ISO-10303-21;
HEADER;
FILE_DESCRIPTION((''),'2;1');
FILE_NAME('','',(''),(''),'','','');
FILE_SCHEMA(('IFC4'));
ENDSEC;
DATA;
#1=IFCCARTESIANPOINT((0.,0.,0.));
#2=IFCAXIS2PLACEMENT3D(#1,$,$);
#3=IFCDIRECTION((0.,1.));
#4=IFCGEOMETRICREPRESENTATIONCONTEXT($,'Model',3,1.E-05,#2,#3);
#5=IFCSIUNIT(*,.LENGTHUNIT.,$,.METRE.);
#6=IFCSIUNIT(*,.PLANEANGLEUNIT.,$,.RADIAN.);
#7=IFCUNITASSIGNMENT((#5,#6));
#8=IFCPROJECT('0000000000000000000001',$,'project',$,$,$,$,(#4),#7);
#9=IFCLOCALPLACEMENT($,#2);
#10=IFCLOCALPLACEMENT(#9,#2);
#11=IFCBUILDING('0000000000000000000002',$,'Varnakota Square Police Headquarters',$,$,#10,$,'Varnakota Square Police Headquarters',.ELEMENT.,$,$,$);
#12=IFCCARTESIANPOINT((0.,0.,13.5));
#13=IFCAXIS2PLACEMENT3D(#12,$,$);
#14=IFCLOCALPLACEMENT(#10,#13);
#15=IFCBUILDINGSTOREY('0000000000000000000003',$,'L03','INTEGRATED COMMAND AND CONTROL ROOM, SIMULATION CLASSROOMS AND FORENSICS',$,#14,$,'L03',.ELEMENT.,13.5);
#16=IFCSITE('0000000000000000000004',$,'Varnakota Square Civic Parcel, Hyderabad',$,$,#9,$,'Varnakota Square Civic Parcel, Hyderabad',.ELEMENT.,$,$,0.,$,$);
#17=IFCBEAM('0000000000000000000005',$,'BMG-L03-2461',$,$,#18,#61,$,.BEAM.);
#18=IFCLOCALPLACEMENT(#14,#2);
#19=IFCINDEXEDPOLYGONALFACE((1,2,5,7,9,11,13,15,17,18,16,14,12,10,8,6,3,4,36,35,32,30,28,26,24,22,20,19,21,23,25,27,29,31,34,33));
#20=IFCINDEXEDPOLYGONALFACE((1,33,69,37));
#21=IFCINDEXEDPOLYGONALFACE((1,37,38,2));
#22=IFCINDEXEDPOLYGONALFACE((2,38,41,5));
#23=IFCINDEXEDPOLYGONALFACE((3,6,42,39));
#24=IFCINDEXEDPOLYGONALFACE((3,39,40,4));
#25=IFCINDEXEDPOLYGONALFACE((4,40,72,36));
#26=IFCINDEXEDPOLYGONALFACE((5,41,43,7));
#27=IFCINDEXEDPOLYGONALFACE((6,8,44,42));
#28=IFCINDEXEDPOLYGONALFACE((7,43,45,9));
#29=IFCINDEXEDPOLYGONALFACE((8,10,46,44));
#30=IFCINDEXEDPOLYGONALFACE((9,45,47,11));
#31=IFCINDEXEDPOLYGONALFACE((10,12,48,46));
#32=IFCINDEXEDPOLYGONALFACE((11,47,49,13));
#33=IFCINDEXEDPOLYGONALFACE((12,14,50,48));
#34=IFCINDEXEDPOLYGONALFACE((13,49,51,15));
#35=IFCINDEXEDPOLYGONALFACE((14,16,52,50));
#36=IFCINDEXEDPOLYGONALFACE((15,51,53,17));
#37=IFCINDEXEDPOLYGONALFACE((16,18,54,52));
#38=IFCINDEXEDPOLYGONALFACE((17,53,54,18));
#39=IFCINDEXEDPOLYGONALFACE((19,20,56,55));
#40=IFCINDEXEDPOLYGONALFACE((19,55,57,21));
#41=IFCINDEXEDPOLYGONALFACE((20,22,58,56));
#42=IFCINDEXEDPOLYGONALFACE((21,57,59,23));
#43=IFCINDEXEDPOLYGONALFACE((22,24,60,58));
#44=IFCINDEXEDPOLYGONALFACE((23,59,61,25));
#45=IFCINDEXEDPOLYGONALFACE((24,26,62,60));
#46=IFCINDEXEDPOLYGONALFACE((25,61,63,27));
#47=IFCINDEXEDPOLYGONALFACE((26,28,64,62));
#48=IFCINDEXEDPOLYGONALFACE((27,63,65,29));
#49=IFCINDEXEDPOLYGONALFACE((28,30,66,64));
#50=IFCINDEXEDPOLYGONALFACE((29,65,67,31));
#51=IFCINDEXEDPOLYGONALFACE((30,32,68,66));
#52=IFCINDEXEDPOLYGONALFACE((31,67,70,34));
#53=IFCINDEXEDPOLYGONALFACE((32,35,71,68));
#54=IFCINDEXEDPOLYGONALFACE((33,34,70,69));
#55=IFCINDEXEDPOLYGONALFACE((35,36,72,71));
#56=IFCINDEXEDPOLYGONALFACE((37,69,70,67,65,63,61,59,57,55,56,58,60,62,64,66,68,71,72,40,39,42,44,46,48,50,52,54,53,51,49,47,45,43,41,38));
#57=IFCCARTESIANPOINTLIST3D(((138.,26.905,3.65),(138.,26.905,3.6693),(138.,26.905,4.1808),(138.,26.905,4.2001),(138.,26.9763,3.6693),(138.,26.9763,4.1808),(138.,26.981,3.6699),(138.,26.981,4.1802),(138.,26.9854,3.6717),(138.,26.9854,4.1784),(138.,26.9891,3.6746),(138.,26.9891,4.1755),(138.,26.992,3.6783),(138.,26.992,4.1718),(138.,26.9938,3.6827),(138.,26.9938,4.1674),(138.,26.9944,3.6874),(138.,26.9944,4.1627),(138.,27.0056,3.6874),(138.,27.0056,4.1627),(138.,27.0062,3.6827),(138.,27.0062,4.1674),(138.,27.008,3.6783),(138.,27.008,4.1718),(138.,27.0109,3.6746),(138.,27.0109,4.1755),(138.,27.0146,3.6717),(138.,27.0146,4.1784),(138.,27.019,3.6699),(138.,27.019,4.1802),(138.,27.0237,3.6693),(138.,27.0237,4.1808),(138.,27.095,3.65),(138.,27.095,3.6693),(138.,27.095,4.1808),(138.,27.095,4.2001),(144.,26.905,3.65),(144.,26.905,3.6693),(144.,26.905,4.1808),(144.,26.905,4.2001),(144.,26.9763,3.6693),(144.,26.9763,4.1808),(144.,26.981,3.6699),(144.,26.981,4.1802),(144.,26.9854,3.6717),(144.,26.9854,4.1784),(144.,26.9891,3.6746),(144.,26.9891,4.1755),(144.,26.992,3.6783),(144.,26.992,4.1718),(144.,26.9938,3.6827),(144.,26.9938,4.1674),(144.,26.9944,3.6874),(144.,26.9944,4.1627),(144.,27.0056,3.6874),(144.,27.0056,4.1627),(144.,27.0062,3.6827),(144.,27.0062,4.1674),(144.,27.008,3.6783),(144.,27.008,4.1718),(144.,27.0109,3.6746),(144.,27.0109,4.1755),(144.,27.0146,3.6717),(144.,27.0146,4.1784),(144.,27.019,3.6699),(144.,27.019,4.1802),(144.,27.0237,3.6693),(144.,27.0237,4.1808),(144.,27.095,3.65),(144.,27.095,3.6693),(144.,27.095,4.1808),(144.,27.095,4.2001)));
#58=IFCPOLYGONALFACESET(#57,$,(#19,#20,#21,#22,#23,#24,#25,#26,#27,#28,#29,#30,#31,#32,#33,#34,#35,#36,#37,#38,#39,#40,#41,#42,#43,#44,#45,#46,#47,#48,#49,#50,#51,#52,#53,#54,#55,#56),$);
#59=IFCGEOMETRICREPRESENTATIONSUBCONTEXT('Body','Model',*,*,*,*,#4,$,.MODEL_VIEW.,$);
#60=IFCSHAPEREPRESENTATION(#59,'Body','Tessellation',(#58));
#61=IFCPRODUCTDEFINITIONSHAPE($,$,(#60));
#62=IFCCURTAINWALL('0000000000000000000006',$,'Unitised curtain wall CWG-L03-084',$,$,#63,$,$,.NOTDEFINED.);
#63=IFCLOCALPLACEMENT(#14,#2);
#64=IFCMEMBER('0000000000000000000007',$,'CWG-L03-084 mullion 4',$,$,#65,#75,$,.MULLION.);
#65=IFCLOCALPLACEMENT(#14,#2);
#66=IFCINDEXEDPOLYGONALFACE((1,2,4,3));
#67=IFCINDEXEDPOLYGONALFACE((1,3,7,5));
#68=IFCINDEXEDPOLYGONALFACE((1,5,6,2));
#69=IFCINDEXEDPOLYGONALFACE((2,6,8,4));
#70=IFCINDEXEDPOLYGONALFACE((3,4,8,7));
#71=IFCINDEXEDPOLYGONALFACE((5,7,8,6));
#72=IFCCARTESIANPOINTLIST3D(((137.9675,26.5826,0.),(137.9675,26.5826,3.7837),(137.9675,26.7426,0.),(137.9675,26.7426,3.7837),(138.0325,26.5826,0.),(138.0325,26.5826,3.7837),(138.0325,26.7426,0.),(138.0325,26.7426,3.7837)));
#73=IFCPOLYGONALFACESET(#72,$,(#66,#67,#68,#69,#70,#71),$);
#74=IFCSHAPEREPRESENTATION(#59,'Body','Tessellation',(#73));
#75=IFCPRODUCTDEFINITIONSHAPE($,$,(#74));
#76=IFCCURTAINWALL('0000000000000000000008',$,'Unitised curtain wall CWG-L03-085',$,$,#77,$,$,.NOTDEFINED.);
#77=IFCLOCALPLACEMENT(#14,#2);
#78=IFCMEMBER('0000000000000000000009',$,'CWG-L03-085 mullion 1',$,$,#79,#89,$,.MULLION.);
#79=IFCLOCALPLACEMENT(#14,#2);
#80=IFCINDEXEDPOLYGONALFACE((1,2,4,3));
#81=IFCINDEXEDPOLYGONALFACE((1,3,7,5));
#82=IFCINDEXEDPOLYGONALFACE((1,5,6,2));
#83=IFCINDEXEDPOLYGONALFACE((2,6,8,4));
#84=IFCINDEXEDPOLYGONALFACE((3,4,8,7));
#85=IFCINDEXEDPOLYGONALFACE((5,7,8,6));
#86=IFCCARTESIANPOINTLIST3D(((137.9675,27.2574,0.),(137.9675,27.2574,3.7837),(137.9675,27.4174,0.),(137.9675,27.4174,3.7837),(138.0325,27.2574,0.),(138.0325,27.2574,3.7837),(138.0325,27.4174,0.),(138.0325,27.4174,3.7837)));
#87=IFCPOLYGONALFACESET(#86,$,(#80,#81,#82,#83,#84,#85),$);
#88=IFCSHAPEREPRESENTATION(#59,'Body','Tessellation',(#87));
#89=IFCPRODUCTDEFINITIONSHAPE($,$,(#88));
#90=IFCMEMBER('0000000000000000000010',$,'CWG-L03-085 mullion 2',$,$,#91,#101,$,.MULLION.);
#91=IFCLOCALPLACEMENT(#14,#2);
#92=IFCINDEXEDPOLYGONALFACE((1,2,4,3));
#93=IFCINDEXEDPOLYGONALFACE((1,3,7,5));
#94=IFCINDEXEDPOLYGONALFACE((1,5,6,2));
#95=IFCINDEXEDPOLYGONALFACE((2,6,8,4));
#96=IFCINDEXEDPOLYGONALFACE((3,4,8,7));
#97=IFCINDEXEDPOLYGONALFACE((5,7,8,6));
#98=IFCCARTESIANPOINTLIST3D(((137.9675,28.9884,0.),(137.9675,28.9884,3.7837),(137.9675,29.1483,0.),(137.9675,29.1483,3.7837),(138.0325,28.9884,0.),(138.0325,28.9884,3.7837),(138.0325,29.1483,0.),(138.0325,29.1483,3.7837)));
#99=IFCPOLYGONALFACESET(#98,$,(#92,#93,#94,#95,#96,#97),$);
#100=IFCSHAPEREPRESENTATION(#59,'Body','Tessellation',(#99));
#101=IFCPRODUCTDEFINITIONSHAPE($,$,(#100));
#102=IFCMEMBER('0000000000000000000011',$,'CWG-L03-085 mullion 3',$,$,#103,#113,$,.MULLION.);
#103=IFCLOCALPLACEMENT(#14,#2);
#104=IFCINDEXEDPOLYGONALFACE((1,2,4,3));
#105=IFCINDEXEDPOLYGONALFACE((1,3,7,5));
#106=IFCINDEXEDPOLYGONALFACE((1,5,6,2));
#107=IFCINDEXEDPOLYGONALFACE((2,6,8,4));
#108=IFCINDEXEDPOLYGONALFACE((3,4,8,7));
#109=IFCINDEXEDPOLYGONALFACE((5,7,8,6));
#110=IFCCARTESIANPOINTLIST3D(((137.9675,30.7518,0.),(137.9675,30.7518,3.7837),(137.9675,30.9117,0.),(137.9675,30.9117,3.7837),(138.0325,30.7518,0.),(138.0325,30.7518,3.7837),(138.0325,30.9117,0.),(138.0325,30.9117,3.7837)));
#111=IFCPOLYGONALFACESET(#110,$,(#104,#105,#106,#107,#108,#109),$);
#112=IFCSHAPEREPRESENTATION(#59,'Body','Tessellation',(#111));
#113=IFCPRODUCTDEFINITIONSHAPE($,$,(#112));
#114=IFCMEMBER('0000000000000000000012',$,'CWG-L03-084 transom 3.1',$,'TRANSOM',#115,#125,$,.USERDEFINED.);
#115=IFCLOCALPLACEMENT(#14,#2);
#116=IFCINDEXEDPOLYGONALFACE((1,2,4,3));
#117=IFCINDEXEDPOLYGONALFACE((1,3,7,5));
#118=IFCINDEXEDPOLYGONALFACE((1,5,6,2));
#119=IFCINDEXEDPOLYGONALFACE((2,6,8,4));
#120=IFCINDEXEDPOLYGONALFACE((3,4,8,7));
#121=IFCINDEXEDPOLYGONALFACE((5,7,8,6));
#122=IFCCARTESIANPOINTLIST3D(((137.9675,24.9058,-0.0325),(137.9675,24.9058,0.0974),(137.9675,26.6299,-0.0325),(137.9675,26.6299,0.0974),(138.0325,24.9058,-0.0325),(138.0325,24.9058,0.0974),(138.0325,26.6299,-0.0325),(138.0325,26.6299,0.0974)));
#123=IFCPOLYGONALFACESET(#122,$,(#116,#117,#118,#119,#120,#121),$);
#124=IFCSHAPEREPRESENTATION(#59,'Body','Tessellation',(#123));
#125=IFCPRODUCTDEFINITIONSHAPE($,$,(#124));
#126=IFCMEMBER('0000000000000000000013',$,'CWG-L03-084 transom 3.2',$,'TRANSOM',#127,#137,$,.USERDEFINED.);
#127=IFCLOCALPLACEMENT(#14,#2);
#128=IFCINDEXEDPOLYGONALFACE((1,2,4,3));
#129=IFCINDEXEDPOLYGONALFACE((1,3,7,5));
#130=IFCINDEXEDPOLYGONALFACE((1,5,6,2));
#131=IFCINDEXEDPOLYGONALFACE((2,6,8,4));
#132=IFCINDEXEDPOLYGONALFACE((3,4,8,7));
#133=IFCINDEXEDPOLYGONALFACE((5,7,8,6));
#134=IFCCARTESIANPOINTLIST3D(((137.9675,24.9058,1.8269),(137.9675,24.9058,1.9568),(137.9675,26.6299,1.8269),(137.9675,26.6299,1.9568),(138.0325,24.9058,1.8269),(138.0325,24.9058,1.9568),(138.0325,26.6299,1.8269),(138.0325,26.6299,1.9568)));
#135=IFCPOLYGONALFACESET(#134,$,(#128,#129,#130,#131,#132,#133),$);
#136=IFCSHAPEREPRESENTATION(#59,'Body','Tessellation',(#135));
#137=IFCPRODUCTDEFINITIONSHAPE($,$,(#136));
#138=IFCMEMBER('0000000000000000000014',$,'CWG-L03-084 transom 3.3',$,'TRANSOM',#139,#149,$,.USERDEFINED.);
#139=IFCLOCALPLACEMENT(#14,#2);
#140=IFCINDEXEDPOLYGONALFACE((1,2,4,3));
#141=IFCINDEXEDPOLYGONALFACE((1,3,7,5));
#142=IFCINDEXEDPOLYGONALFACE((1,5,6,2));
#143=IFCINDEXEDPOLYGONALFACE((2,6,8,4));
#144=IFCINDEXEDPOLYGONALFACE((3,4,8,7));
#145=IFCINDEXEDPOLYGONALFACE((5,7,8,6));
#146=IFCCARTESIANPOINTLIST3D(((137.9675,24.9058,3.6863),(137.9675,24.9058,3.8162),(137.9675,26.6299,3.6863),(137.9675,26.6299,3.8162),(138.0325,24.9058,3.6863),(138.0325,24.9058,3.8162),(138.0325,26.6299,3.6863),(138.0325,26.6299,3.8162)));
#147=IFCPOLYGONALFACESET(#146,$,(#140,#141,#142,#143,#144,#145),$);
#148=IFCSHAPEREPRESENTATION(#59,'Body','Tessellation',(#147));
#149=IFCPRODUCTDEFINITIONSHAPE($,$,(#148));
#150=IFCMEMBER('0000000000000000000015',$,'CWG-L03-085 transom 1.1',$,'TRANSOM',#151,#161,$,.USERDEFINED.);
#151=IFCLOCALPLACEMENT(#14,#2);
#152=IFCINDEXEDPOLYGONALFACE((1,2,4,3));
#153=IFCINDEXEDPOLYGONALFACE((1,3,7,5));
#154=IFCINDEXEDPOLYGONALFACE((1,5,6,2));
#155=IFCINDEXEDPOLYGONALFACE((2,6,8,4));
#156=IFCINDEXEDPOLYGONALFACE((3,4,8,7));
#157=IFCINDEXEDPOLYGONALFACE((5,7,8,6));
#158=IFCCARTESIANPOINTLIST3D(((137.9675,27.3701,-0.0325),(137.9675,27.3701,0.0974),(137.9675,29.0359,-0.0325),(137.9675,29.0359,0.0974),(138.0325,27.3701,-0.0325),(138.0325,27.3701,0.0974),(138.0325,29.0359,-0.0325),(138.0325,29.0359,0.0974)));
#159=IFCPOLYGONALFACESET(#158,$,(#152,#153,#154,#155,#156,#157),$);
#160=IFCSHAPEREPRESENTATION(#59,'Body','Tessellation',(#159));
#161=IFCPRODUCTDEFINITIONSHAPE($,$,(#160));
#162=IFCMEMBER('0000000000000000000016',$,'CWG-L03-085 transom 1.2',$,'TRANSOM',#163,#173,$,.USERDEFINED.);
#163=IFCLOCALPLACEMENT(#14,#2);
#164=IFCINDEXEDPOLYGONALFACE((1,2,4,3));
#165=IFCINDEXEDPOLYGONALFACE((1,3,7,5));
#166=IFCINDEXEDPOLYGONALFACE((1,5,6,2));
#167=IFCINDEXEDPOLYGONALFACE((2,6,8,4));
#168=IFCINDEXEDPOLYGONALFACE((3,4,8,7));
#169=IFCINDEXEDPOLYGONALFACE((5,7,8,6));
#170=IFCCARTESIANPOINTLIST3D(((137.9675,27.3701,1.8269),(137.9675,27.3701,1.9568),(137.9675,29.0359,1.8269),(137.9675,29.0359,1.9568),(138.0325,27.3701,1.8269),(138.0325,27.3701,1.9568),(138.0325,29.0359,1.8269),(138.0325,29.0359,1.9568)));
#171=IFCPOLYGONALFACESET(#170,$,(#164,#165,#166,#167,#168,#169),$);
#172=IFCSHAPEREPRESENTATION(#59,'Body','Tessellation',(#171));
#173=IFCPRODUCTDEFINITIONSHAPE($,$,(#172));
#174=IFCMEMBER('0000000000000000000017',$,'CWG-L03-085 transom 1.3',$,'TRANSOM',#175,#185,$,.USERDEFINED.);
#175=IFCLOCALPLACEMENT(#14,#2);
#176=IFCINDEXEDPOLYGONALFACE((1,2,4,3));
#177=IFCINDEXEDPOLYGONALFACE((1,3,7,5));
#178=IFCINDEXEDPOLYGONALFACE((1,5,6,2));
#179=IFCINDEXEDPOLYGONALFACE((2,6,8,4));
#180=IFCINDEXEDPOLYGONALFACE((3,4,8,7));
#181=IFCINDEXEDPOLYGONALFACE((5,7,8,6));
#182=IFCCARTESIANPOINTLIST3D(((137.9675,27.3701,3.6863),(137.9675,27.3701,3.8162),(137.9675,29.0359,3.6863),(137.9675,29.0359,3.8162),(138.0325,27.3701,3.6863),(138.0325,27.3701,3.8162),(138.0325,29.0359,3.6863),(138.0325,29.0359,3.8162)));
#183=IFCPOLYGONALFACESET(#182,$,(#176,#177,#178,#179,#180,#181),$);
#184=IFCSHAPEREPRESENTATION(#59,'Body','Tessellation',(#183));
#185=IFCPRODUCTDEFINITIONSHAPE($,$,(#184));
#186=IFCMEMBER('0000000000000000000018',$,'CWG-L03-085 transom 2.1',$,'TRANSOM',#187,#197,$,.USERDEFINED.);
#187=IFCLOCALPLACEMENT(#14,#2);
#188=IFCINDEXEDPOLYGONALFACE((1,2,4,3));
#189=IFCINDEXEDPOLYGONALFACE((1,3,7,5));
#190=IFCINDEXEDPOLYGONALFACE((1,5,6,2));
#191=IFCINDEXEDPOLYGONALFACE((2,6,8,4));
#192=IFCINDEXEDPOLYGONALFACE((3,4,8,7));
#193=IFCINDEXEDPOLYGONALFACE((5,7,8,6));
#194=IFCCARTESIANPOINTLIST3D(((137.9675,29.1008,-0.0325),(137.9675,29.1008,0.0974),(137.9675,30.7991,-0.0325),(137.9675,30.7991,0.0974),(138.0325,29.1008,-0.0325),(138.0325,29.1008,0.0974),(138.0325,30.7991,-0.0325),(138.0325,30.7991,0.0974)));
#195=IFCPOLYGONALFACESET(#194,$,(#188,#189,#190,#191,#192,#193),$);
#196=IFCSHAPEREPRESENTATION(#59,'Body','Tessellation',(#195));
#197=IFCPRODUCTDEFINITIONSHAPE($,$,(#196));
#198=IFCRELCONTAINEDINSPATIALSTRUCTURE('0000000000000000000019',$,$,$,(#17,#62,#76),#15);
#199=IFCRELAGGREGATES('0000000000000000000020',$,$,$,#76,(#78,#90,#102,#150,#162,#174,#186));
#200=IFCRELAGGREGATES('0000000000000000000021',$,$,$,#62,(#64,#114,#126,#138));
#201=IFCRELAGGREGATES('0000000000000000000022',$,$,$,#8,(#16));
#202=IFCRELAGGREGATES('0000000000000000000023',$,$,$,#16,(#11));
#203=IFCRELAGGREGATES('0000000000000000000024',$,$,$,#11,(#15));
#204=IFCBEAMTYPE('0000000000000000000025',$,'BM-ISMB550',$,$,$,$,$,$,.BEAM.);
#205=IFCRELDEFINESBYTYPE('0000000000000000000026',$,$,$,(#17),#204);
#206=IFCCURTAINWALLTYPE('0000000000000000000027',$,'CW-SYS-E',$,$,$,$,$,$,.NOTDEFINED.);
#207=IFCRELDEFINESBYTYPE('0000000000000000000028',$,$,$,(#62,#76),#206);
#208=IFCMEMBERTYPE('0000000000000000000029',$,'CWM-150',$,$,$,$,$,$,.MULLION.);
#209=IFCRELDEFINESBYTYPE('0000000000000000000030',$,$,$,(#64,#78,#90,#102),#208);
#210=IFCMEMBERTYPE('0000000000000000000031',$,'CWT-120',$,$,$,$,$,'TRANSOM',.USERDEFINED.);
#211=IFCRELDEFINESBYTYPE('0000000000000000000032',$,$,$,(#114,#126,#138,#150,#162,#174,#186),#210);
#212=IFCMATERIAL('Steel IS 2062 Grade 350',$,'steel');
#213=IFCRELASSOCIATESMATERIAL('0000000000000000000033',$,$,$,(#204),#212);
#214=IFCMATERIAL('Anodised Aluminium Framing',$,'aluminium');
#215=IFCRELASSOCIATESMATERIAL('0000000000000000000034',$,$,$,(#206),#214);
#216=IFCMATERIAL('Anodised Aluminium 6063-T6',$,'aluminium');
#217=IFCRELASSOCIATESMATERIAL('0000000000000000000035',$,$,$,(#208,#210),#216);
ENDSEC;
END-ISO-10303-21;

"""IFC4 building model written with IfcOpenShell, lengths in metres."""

from ifc_helpers import new_model, si_unit, direction, frame, origin, origin_2d, place, context, subcontext, project, spatial, rectangle, i_section, extrude, material, material_profile, profile_set, type_object, element, aggregate, save


model = new_model("IFC4")

# Units and contexts
model_context = context("Model", 3, precision=1e-05, world=origin(), true_north=direction((0.0, 1.0)))
body_context = subcontext(model_context, "Body", "Model", "MODEL_VIEW")
ifc_project = project(units=[si_unit("LENGTHUNIT", "METRE"), si_unit("PLANEANGLEUNIT", "RADIAN")], contexts=[model_context])

# Site, building, storey
site_placement = place(None, origin())
site = spatial("IfcSite", under=ifc_project, at=site_placement, Name="Varnakota Square Civic Parcel, Hyderabad", LongName="Varnakota Square Civic Parcel, Hyderabad", CompositionType="ELEMENT", RefElevation=0.0)
building_placement = place(site_placement, origin())
building = spatial("IfcBuilding", under=site, at=building_placement, Name="Varnakota Square Police Headquarters", LongName="Varnakota Square Police Headquarters", CompositionType="ELEMENT")
storey_placement = place(building_placement, frame((0.0, 0.0, 13.5)))
storey = spatial("IfcBuildingStorey", under=building, at=storey_placement, Name="L03", Description="INTEGRATED COMMAND AND CONTROL ROOM, SIMULATION CLASSROOMS AND FORENSICS", LongName="L03", CompositionType="ELEMENT", Elevation=13.5)

# Shared definitions
ifc_material_1 = material(Name="Steel IS 2062 Grade 350", Category="steel")

# Beam
ifc_material_profile_1 = material_profile(ifc_material_1, i_section(OverallWidth=0.1899, OverallDepth=0.55, WebThickness=0.0112, FlangeThickness=0.0193, FilletRadius=0.0181, at=origin_2d()), Name="ISMB 550")
ifc_profile_set_1 = profile_set([ifc_material_profile_1], Name="Steel IS 2062 Grade 350")
beam_type_1 = type_object("IfcBeamType", Name="BM-ISMB550", PredefinedType="BEAM", material=ifc_profile_set_1)
beam_1_placement = place(storey_placement, frame((138.0, 27.0, 3.925), z_axis=(1.0, 0.0, 0.0), x_axis=(0.0, 1.0, 0.0)))
element("IfcBeam", 1, at=beam_1_placement, inside=storey, type_object=beam_type_1, Name="BMG-L03-2461", PredefinedType="BEAM", context=body_context, shape_type="SweptSolid", body=[
    extrude(i_section(OverallWidth=0.1899, OverallDepth=0.55, WebThickness=0.0112, FlangeThickness=0.0193, FilletRadius=0.0181, at=origin_2d()), origin(), (0.0, 0.0, 1.0), 6.0),
])

# Curtain wall, member
ifc_material_2 = material(Name="Anodised Aluminium Framing", Category="aluminium")
curtain_wall_type = type_object("IfcCurtainWallType", Name="CW-SYS-E", PredefinedType="NOTDEFINED", material=ifc_material_2)
curtain_wall_1_placement = place(storey_placement, origin())
curtain_wall_1 = element("IfcCurtainWall", 2, at=curtain_wall_1_placement, inside=storey, type_object=curtain_wall_type, Name="Unitised curtain wall CWG-L03-084", PredefinedType="NOTDEFINED")
ifc_material_3 = material(Name="Anodised Aluminium 6063-T6", Category="aluminium")
ifc_material_profile_2 = material_profile(ifc_material_3, rectangle(XDim=0.0649, YDim=0.1599, at=origin_2d()), Name="ALU MULLION 65x160")
ifc_profile_set_2 = profile_set([ifc_material_profile_2], Name="Anodised Aluminium 6063-T6")
member_type_1 = type_object("IfcMemberType", Name="CWM-150", PredefinedType="MULLION", material=ifc_profile_set_2)
member_1_placement = place(storey_placement, frame((138.0, 26.6626, 0.0), z_axis=(0.0, 0.0, 1.0), x_axis=(-1.0, 0.0, 0.0)))
member_1 = element("IfcMember", 3, at=member_1_placement, type_object=member_type_1, Name="CWG-L03-084 mullion 4", PredefinedType="MULLION", context=body_context, shape_type="SweptSolid", body=[
    extrude(rectangle(XDim=0.0649, YDim=0.1599, at=origin_2d()), origin(), (0.0, 0.0, 1.0), 3.7837),
])

# Curtain wall, members
curtain_wall_2_placement = place(storey_placement, origin())
curtain_wall_2 = element("IfcCurtainWall", 4, at=curtain_wall_2_placement, inside=storey, type_object=curtain_wall_type, Name="Unitised curtain wall CWG-L03-085", PredefinedType="NOTDEFINED")
member_2_placement = place(storey_placement, frame((138.0, 27.3374, 0.0), z_axis=(0.0, 0.0, 1.0), x_axis=(-1.0, 0.0, 0.0)))
member_2 = element("IfcMember", 5, at=member_2_placement, type_object=member_type_1, Name="CWG-L03-085 mullion 1", PredefinedType="MULLION", context=body_context, shape_type="SweptSolid", body=[
    extrude(rectangle(XDim=0.0649, YDim=0.1599, at=origin_2d()), origin(), (0.0, 0.0, 1.0), 3.7837),
])
member_3_placement = place(storey_placement, frame((138.0, 29.0684, 0.0), z_axis=(0.0, 0.0, 1.0), x_axis=(-1.0, 0.0, 0.0)))
member_3 = element("IfcMember", 6, at=member_3_placement, type_object=member_type_1, Name="CWG-L03-085 mullion 2", PredefinedType="MULLION", context=body_context, shape_type="SweptSolid", body=[
    extrude(rectangle(XDim=0.0649, YDim=0.1599, at=origin_2d()), origin(), (0.0, 0.0, 1.0), 3.7837),
])
member_4_placement = place(storey_placement, frame((138.0, 30.8318, 0.0), z_axis=(0.0, 0.0, 1.0), x_axis=(-1.0, 0.0, 0.0)))
member_4 = element("IfcMember", 7, at=member_4_placement, type_object=member_type_1, Name="CWG-L03-085 mullion 3", PredefinedType="MULLION", context=body_context, shape_type="SweptSolid", body=[
    extrude(rectangle(XDim=0.0649, YDim=0.1599, at=origin_2d()), origin(), (0.0, 0.0, 1.0), 3.7837),
])

# Members
ifc_material_profile_3 = material_profile(ifc_material_3, rectangle(XDim=0.0649, YDim=0.1299, at=origin_2d()), Name="ALU TRANSOM 65x130")
ifc_profile_set_3 = profile_set([ifc_material_profile_3], Name="Anodised Aluminium 6063-T6")
member_type_2 = type_object("IfcMemberType", Name="CWT-120", ElementType="TRANSOM", PredefinedType="USERDEFINED", material=ifc_profile_set_3)
member_5_placement = place(storey_placement, frame((138.0, 24.9058, 0.0325), z_axis=(0.0, 1.0, 0.0), x_axis=(-1.0, 0.0, 0.0)))
member_5 = element("IfcMember", 8, at=member_5_placement, type_object=member_type_2, Name="CWG-L03-084 transom 3.1", ObjectType="TRANSOM", PredefinedType="USERDEFINED", context=body_context, shape_type="SweptSolid", body=[
    extrude(rectangle(XDim=0.0649, YDim=0.1299, at=origin_2d()), origin(), (0.0, 0.0, 1.0), 1.7241),
])
member_6_placement = place(storey_placement, frame((138.0, 24.9058, 1.8918), z_axis=(0.0, 1.0, 0.0), x_axis=(-1.0, 0.0, 0.0)))
member_6 = element("IfcMember", 9, at=member_6_placement, type_object=member_type_2, Name="CWG-L03-084 transom 3.2", ObjectType="TRANSOM", PredefinedType="USERDEFINED", context=body_context, shape_type="SweptSolid", body=[
    extrude(rectangle(XDim=0.0649, YDim=0.1299, at=origin_2d()), origin(), (0.0, 0.0, 1.0), 1.7241),
])
member_7_placement = place(storey_placement, frame((138.0, 24.9058, 3.7512), z_axis=(0.0, 1.0, 0.0), x_axis=(-1.0, 0.0, 0.0)))
member_7 = element("IfcMember", 10, at=member_7_placement, type_object=member_type_2, Name="CWG-L03-084 transom 3.3", ObjectType="TRANSOM", PredefinedType="USERDEFINED", context=body_context, shape_type="SweptSolid", body=[
    extrude(rectangle(XDim=0.0649, YDim=0.1299, at=origin_2d()), origin(), (0.0, 0.0, 1.0), 1.7241),
])
member_8_placement = place(storey_placement, frame((138.0, 27.3701, 0.0325), z_axis=(0.0, 1.0, 0.0), x_axis=(-1.0, 0.0, 0.0)))
member_8 = element("IfcMember", 11, at=member_8_placement, type_object=member_type_2, Name="CWG-L03-085 transom 1.1", ObjectType="TRANSOM", PredefinedType="USERDEFINED", context=body_context, shape_type="SweptSolid", body=[
    extrude(rectangle(XDim=0.0649, YDim=0.1299, at=origin_2d()), origin(), (0.0, 0.0, 1.0), 1.6658),
])
member_9_placement = place(storey_placement, frame((138.0, 27.3701, 1.8918), z_axis=(0.0, 1.0, 0.0), x_axis=(-1.0, 0.0, 0.0)))
member_9 = element("IfcMember", 12, at=member_9_placement, type_object=member_type_2, Name="CWG-L03-085 transom 1.2", ObjectType="TRANSOM", PredefinedType="USERDEFINED", context=body_context, shape_type="SweptSolid", body=[
    extrude(rectangle(XDim=0.0649, YDim=0.1299, at=origin_2d()), origin(), (0.0, 0.0, 1.0), 1.6658),
])
member_10_placement = place(storey_placement, frame((138.0, 27.3701, 3.7512), z_axis=(0.0, 1.0, 0.0), x_axis=(-1.0, 0.0, 0.0)))
member_10 = element("IfcMember", 13, at=member_10_placement, type_object=member_type_2, Name="CWG-L03-085 transom 1.3", ObjectType="TRANSOM", PredefinedType="USERDEFINED", context=body_context, shape_type="SweptSolid", body=[
    extrude(rectangle(XDim=0.0649, YDim=0.1299, at=origin_2d()), origin(), (0.0, 0.0, 1.0), 1.6658),
])
member_11_placement = place(storey_placement, frame((138.0, 29.1008, 0.0325), z_axis=(0.0, 1.0, 0.0), x_axis=(-1.0, 0.0, 0.0)))
member_11 = element("IfcMember", 14, at=member_11_placement, type_object=member_type_2, Name="CWG-L03-085 transom 2.1", ObjectType="TRANSOM", PredefinedType="USERDEFINED", context=body_context, shape_type="SweptSolid", body=[
    extrude(rectangle(XDim=0.0649, YDim=0.1299, at=origin_2d()), origin(), (0.0, 0.0, 1.0), 1.6982),
])

aggregate(curtain_wall_2, [member_2, member_3, member_4, member_8, member_9, member_10, member_11])
aggregate(curtain_wall_1, [member_1, member_5, member_6, member_7])

save(model, "model.ifc")
